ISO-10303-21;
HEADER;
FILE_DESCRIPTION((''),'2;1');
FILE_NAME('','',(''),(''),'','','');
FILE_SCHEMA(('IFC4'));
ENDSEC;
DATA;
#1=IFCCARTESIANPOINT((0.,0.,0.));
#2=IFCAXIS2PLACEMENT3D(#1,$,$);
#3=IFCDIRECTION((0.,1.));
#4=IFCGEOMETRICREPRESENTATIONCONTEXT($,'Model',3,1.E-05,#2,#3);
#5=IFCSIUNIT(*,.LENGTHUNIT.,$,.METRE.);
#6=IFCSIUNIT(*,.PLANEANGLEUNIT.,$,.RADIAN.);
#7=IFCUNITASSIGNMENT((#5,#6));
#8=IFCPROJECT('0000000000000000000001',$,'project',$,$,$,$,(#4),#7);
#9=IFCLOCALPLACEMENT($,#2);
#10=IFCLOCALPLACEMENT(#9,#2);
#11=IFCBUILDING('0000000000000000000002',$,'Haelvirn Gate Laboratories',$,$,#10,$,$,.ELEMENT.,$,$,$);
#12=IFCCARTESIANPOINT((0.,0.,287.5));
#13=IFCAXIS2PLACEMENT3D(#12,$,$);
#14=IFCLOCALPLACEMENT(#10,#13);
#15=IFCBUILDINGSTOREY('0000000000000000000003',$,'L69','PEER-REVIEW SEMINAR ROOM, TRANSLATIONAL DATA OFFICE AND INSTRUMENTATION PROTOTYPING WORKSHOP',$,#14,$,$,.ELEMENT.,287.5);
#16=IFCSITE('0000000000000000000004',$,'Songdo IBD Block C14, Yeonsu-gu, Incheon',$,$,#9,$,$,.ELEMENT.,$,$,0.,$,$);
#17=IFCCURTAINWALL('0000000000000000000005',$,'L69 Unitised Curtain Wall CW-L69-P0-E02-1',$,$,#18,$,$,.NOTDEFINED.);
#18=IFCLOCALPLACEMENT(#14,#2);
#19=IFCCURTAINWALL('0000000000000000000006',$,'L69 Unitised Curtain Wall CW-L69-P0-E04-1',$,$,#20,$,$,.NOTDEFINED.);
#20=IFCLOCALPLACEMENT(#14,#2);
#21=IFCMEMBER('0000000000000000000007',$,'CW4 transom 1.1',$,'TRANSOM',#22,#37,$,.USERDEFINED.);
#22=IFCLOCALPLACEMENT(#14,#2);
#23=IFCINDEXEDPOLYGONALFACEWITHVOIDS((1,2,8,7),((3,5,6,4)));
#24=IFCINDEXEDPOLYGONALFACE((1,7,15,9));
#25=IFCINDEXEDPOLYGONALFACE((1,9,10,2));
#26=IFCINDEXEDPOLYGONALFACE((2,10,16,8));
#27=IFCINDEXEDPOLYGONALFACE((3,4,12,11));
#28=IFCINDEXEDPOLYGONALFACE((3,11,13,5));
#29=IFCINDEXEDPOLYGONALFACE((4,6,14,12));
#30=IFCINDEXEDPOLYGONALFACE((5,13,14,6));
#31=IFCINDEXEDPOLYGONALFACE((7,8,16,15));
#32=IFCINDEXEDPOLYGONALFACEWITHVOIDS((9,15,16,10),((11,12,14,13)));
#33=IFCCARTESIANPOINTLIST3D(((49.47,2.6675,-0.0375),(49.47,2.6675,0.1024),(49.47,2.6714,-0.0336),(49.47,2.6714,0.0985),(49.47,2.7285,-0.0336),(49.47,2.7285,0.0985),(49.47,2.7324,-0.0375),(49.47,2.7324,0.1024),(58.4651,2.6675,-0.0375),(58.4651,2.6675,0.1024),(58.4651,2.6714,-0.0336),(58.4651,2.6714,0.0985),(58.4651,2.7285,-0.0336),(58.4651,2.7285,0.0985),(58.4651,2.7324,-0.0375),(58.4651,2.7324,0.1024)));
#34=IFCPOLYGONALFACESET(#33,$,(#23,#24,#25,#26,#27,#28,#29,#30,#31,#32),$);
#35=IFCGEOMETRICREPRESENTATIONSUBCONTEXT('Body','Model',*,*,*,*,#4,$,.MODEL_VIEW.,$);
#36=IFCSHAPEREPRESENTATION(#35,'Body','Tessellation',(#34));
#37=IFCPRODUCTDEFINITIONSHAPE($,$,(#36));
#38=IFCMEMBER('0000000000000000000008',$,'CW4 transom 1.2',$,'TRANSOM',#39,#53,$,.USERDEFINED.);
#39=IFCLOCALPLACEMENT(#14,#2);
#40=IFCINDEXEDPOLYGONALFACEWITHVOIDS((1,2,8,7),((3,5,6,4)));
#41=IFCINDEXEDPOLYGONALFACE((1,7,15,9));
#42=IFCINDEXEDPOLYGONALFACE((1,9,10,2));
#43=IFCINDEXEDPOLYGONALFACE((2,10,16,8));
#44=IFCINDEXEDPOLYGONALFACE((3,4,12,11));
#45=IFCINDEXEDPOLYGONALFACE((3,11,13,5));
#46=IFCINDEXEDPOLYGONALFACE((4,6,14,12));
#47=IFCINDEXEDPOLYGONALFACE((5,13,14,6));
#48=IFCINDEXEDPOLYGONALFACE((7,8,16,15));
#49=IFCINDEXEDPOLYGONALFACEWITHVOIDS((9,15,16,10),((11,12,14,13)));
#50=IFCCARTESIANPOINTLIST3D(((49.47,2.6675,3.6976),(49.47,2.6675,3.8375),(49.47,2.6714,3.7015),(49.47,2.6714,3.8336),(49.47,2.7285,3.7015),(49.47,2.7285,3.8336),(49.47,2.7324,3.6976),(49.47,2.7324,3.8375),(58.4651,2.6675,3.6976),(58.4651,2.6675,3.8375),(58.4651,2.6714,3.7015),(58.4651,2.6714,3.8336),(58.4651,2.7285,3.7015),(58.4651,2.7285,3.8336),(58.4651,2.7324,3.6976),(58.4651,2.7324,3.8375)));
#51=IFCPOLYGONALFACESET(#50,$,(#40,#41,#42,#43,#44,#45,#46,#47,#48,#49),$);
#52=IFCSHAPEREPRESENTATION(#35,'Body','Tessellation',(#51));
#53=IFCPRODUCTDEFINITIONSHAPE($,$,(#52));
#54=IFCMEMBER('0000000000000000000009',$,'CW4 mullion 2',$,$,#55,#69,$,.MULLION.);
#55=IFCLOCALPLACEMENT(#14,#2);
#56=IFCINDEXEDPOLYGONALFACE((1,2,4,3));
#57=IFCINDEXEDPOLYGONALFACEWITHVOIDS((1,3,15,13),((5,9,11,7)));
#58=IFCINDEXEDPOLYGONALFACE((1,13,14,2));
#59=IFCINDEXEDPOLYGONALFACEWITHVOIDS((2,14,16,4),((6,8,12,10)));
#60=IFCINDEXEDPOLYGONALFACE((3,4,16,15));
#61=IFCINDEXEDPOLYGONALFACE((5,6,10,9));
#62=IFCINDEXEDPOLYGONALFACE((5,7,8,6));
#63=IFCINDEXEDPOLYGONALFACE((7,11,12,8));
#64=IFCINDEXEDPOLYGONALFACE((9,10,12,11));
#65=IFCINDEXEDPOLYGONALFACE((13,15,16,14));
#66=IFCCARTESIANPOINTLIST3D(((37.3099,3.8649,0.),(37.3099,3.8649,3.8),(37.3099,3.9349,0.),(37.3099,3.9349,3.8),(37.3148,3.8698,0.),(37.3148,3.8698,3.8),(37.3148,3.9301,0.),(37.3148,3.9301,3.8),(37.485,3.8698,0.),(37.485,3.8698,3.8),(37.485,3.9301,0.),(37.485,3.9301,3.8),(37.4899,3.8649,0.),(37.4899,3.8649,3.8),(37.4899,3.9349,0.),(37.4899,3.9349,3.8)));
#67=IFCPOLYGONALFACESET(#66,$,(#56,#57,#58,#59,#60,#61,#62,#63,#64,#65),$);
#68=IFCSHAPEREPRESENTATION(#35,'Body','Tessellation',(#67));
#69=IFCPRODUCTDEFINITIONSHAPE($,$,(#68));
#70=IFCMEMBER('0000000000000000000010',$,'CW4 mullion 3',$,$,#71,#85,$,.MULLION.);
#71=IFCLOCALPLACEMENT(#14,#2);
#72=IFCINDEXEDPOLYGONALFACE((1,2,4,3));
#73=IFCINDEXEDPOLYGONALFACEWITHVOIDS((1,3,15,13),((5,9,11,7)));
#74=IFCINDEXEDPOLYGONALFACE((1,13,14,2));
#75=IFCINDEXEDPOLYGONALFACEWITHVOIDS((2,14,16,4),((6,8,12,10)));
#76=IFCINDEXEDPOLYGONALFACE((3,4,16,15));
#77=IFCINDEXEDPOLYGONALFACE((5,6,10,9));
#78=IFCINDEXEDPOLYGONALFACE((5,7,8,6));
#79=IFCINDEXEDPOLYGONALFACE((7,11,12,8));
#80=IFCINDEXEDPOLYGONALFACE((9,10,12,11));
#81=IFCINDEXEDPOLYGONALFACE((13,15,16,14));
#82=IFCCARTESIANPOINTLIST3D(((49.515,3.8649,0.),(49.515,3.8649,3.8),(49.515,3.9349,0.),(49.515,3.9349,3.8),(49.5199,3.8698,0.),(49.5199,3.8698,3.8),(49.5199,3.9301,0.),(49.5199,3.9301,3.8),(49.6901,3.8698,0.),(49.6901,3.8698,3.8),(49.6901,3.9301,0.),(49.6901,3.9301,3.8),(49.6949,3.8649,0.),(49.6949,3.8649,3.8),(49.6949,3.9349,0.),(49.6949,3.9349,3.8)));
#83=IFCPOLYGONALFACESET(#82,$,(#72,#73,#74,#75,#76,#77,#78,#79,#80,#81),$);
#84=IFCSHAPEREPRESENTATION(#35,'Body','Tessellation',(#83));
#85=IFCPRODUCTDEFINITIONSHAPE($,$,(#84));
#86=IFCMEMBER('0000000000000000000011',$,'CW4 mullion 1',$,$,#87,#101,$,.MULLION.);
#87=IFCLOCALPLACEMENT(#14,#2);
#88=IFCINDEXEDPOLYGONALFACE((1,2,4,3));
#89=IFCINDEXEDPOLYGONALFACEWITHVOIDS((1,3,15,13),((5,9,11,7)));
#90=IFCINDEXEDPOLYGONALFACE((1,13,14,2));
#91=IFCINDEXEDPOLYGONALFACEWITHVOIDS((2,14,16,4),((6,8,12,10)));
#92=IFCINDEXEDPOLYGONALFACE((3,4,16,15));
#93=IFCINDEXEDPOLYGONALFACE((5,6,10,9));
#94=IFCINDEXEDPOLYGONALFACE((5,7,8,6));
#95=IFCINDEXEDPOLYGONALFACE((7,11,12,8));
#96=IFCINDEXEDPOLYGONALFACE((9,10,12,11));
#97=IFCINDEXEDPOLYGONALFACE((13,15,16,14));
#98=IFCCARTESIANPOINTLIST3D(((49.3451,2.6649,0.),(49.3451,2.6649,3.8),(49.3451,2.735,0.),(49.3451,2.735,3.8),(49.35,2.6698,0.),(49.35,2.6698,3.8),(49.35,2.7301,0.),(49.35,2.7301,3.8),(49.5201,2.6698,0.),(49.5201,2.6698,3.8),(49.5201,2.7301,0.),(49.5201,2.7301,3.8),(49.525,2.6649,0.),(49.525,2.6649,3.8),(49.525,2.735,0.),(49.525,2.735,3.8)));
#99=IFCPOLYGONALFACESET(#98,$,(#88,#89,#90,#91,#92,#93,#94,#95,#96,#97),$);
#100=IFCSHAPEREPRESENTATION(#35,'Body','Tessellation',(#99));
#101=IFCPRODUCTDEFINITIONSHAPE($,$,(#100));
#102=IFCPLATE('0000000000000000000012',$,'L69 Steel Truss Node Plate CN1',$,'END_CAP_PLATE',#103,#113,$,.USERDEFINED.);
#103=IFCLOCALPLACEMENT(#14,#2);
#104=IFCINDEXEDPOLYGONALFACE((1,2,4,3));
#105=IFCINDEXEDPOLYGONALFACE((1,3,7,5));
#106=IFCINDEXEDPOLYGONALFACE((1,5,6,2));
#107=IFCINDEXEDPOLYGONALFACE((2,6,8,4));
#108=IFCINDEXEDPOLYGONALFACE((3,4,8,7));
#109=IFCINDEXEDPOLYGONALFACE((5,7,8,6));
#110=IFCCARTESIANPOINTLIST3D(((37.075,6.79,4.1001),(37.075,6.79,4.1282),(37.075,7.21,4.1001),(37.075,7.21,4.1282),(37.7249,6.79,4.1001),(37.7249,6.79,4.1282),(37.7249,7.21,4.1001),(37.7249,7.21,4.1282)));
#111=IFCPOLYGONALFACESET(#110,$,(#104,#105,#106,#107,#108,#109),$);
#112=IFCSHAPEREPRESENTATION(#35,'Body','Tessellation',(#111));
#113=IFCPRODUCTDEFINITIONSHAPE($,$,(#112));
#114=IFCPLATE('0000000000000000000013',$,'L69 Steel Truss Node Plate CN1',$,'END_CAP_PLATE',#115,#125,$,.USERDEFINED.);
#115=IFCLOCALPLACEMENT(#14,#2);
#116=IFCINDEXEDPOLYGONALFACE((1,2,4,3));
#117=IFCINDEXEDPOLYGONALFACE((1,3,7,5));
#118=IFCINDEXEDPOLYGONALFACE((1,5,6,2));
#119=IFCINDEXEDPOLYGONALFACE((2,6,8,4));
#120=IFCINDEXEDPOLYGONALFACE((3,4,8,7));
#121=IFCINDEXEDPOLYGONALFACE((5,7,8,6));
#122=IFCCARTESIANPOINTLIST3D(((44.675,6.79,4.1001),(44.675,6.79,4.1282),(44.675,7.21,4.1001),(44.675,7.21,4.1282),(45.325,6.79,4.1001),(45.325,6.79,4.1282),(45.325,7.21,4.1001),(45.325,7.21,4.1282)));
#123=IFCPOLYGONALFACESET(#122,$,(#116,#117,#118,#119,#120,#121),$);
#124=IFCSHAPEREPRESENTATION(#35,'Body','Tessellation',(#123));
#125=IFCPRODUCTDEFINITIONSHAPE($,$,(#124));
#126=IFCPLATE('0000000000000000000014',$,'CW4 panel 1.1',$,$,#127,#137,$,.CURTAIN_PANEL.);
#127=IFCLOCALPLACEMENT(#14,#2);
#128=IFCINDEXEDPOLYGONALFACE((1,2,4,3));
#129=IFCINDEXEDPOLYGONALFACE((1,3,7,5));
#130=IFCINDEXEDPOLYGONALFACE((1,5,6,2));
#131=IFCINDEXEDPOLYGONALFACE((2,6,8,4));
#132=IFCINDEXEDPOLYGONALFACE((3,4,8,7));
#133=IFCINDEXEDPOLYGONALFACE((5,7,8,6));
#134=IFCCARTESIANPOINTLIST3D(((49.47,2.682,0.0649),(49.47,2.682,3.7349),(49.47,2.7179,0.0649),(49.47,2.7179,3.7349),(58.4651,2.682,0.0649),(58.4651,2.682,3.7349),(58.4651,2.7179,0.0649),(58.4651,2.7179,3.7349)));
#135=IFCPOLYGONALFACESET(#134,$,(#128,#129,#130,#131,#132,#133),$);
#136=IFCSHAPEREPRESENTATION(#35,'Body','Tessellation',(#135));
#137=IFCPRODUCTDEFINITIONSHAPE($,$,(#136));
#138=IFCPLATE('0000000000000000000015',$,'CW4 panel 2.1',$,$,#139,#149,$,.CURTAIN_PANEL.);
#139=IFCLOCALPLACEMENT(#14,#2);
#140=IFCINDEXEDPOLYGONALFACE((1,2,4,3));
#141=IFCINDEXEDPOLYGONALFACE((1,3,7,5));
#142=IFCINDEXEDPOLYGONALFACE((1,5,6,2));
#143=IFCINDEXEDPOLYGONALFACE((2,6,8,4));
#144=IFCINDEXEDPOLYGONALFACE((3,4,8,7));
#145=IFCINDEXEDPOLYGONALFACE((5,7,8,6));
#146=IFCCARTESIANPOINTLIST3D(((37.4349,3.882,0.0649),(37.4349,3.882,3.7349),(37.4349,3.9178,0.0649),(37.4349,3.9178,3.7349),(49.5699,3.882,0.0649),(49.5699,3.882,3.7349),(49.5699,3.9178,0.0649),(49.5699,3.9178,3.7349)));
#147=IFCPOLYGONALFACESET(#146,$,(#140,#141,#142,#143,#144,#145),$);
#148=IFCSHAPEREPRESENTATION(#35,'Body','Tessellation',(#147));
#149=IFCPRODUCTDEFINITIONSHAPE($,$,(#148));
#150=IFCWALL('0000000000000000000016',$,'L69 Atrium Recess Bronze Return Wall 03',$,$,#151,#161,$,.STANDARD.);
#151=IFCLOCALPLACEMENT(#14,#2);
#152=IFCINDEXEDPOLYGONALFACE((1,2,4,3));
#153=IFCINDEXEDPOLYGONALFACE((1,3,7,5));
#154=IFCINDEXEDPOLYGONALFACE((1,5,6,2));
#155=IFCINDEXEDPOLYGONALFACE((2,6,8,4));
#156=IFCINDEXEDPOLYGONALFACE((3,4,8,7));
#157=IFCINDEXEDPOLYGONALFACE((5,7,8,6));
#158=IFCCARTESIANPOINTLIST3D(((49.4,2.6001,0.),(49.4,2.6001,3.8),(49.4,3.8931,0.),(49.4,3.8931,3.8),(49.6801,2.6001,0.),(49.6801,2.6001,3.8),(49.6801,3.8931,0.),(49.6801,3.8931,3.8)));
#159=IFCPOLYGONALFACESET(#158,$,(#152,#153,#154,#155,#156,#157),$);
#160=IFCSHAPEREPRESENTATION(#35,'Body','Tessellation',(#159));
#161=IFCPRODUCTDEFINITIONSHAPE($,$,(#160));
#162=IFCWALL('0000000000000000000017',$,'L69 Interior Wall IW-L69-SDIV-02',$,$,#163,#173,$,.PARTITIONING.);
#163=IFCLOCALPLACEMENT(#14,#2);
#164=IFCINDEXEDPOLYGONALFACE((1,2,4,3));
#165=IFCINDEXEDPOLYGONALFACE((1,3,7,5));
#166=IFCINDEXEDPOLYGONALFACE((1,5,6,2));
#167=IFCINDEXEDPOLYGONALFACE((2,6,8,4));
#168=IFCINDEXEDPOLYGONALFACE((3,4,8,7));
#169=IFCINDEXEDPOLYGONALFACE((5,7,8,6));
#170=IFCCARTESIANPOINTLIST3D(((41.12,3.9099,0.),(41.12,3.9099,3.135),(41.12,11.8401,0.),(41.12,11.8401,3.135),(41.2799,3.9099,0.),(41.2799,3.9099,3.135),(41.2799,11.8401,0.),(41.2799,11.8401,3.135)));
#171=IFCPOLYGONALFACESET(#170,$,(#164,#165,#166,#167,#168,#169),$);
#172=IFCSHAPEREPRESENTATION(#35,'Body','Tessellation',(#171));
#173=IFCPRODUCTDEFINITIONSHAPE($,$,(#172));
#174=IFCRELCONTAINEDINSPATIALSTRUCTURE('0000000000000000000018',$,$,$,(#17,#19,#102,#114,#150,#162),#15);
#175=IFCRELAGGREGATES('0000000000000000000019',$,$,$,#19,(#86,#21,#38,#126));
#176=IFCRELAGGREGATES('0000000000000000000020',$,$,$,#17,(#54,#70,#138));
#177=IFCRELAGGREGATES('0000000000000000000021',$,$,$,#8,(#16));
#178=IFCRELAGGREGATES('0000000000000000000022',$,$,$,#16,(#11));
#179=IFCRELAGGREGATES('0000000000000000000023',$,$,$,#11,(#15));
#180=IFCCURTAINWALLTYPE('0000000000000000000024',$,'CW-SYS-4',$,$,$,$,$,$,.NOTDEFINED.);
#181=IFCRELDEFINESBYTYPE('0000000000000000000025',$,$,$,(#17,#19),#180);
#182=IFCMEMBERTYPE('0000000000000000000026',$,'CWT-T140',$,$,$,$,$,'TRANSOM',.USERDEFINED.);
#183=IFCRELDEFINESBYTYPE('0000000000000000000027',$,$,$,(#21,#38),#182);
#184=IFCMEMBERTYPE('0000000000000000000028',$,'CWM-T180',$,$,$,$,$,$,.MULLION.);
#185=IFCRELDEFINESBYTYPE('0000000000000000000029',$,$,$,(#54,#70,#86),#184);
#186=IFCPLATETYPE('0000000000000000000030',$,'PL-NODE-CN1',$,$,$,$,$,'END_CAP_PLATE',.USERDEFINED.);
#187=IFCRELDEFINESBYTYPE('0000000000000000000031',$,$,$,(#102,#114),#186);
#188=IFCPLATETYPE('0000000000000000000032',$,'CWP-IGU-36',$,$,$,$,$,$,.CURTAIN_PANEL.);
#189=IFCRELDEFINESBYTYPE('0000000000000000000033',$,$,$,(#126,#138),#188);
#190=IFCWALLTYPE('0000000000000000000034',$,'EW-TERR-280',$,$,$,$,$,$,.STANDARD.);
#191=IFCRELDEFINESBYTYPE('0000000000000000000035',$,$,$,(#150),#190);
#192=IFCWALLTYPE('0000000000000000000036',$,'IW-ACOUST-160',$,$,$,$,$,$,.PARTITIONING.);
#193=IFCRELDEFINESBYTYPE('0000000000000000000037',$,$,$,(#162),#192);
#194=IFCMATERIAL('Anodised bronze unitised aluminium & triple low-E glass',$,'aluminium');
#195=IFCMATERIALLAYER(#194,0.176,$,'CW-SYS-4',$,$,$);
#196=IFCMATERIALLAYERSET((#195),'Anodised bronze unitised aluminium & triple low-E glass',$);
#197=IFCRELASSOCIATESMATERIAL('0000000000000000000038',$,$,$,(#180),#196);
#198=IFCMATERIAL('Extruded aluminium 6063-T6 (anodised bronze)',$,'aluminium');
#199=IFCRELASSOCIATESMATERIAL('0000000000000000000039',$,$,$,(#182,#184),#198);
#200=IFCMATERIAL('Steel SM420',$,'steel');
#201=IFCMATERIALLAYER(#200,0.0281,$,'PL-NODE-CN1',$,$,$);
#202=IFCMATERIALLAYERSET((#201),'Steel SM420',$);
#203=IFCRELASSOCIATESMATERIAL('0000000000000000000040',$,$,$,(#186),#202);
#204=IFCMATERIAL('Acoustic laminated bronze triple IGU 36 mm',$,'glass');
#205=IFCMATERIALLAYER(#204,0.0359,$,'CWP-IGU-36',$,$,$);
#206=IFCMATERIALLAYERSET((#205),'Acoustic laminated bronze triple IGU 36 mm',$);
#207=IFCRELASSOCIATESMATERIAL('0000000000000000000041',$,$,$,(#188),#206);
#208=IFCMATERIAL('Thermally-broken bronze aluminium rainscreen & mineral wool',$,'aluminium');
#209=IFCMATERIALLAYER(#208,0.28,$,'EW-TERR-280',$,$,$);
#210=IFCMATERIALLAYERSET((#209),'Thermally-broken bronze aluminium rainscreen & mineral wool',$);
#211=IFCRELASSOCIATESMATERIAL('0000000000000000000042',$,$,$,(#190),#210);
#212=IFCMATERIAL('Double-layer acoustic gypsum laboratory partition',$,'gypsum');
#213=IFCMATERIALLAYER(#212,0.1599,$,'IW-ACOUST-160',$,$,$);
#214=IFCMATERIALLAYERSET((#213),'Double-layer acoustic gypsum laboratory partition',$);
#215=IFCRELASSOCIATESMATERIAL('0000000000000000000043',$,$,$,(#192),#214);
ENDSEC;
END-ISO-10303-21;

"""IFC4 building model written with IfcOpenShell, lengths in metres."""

from ifc_helpers import new_model, si_unit, direction, frame, frame_2d, origin, origin_2d, place, context, subcontext, project, spatial, rectangle, hollow_rectangle, extrude, source, transform, mapped, material, layer, layer_set, material_profile, profile_set, type_object, type_shapes, element, aggregate, save


model = new_model("IFC4")

# Units and contexts
model_context = context("Model", 3, precision=1e-05, world=origin(), true_north=direction((0.0, 1.0)))
body_context = subcontext(model_context, "Body", "Model", "MODEL_VIEW")
ifc_project = project(units=[si_unit("LENGTHUNIT", "METRE"), si_unit("PLANEANGLEUNIT", "RADIAN")], contexts=[model_context])

# Site, building, storey
site_placement = place(None, origin())
site = spatial("IfcSite", under=ifc_project, at=site_placement, Name="Songdo IBD Block C14, Yeonsu-gu, Incheon", CompositionType="ELEMENT", RefElevation=0.0)
building_placement = place(site_placement, origin())
building = spatial("IfcBuilding", under=site, at=building_placement, Name="Haelvirn Gate Laboratories", CompositionType="ELEMENT")
storey_placement = place(building_placement, frame((0.0, 0.0, 287.5)))
storey = spatial("IfcBuildingStorey", under=building, at=storey_placement, Name="L69", Description="PEER-REVIEW SEMINAR ROOM, TRANSLATIONAL DATA OFFICE AND INSTRUMENTATION PROTOTYPING WORKSHOP", CompositionType="ELEMENT", Elevation=287.5)

# Curtain walls, members
ifc_material_1 = material(Name="Anodised bronze unitised aluminium & triple low-E glass", Category="aluminium")
ifc_layer_1 = layer(ifc_material_1, 0.176, Name="CW-SYS-4")
ifc_layer_set_1 = layer_set([ifc_layer_1], Name="Anodised bronze unitised aluminium & triple low-E glass")
curtain_wall_type = type_object("IfcCurtainWallType", Name="CW-SYS-4", PredefinedType="NOTDEFINED", material=ifc_layer_set_1)
curtain_wall_1_placement = place(storey_placement, origin())
curtain_wall_1 = element("IfcCurtainWall", 1, at=curtain_wall_1_placement, inside=storey, type_object=curtain_wall_type, Name="L69 Unitised Curtain Wall CW-L69-P0-E02-1", PredefinedType="NOTDEFINED")
ifc_material_2 = material(Name="Extruded aluminium 6063-T6 (anodised bronze)", Category="aluminium")
ifc_material_profile_1 = material_profile(ifc_material_2, hollow_rectangle(XDim=0.0649, YDim=0.1399, WallThickness=0.0039, at=origin_2d()), Name="CWT-140x65x4")
ifc_profile_set_1 = profile_set([ifc_material_profile_1], Name="Extruded aluminium 6063-T6 (anodised bronze)")
member_type_1 = type_object("IfcMemberType", Name="CWT-T140", ElementType="TRANSOM", PredefinedType="USERDEFINED", material=ifc_profile_set_1)
curtain_wall_2_placement = place(storey_placement, origin())
curtain_wall_2 = element("IfcCurtainWall", 2, at=curtain_wall_2_placement, inside=storey, type_object=curtain_wall_type, Name="L69 Unitised Curtain Wall CW-L69-P0-E04-1", PredefinedType="NOTDEFINED")
shared_shape_1 = source(origin(), body_context, "Body", "SweptSolid", [
    extrude(hollow_rectangle(XDim=0.0649, YDim=0.1399, WallThickness=0.0039, at=origin_2d()), origin(), (0.0, 0.0, 1.0), 8.9951),
])
member_1_placement = place(storey_placement, frame((49.47, 2.7, 0.0325), z_axis=(1.0, 0.0, 0.0), x_axis=(0.0, 1.0, 0.0)))
member_1 = element("IfcMember", 3, at=member_1_placement, type_object=member_type_1, Name="CW4 transom 1.1", ObjectType="TRANSOM", PredefinedType="USERDEFINED", context=body_context, shape_type="MappedRepresentation", body=[
    mapped(shared_shape_1, transform((0.0, 0.0, 0.0), scale=1.0)),
])
member_2_placement = place(storey_placement, frame((49.47, 2.7, 3.7676), z_axis=(1.0, 0.0, 0.0), x_axis=(0.0, 1.0, 0.0)))
member_2 = element("IfcMember", 4, at=member_2_placement, type_object=member_type_1, Name="CW4 transom 1.2", ObjectType="TRANSOM", PredefinedType="USERDEFINED", context=body_context, shape_type="MappedRepresentation", body=[
    mapped(shared_shape_1, transform((0.0, 0.0, 0.0), scale=1.0)),
])

# Members
ifc_material_profile_2 = material_profile(ifc_material_2, hollow_rectangle(XDim=0.0701, YDim=0.1799, WallThickness=0.0049, at=origin_2d()), Name="CWM-180x70x5")
ifc_profile_set_2 = profile_set([ifc_material_profile_2], Name="Extruded aluminium 6063-T6 (anodised bronze)")
member_type_2 = type_object("IfcMemberType", Name="CWM-T180", PredefinedType="MULLION", material=ifc_profile_set_2)
shared_shape_2 = source(origin(), body_context, "Body", "SweptSolid", [
    extrude(hollow_rectangle(XDim=0.0701, YDim=0.1799, WallThickness=0.0049, at=origin_2d()), origin(), (0.0, 0.0, 1.0), 3.8),
])
type_shapes(member_type_2, [shared_shape_2])
member_3_placement = place(storey_placement, frame((37.3999, 3.8999, 0.0), z_axis=(0.0, 0.0, 1.0), x_axis=(0.0, 1.0, 0.0)))
member_3 = element("IfcMember", 5, at=member_3_placement, type_object=member_type_2, Name="CW4 mullion 2", PredefinedType="MULLION", context=body_context, shape_type="MappedRepresentation", body=[
    mapped(shared_shape_2, transform((0.0, 0.0, 0.0), scale=1.0)),
])
member_4_placement = place(storey_placement, frame((49.605, 3.8999, 0.0), z_axis=(0.0, 0.0, 1.0), x_axis=(0.0, 1.0, 0.0)))
member_4 = element("IfcMember", 6, at=member_4_placement, type_object=member_type_2, Name="CW4 mullion 3", PredefinedType="MULLION", context=body_context, shape_type="MappedRepresentation", body=[
    mapped(shared_shape_2, transform((0.0, 0.0, 0.0), scale=1.0)),
])
member_5_placement = place(storey_placement, frame((49.4351, 2.7, 0.0), z_axis=(0.0, 0.0, 1.0), x_axis=(0.0, 1.0, 0.0)))
member_5 = element("IfcMember", 7, at=member_5_placement, type_object=member_type_2, Name="CW4 mullion 1", PredefinedType="MULLION", context=body_context, shape_type="MappedRepresentation", body=[
    mapped(shared_shape_2, transform((0.0, 0.0, 0.0), scale=1.0)),
])

# Plates
ifc_material_3 = material(Name="Steel SM420", Category="steel")
ifc_layer_2 = layer(ifc_material_3, 0.0281, Name="PL-NODE-CN1")
ifc_layer_set_2 = layer_set([ifc_layer_2], Name="Steel SM420")
plate_type_1 = type_object("IfcPlateType", Name="PL-NODE-CN1", ElementType="END_CAP_PLATE", PredefinedType="USERDEFINED", material=ifc_layer_set_2)
shared_shape_3 = source(origin(), body_context, "Body", "SweptSolid", [
    extrude(rectangle(XDim=0.6499, YDim=0.4199, at=origin_2d()), origin(), (0.0, 0.0, 1.0), 0.0281),
])
type_shapes(plate_type_1, [shared_shape_3])
for number, where, z_axis, x_axis, name in (
    (8, (37.3999, 7.0, 4.1001), (0.0, 0.0, 1.0), (1.0, 0.0, 0.0), "L69 Steel Truss Node Plate CN1"),
    (9, (45.0, 7.0, 4.1001), (0.0, 0.0, 1.0), (1.0, 0.0, 0.0), "L69 Steel Truss Node Plate CN1"),
):
    element("IfcPlate", number, at=place(storey_placement, frame(where, z_axis=z_axis, x_axis=x_axis)), inside=storey, type_object=plate_type_1, Name=name, ObjectType="END_CAP_PLATE", PredefinedType="USERDEFINED", context=body_context, shape_type="MappedRepresentation", body=[
        mapped(shared_shape_3, transform((0.0, 0.0, 0.0), scale=1.0)),
    ])

# Plates
ifc_material_4 = material(Name="Acoustic laminated bronze triple IGU 36 mm", Category="glass")
ifc_layer_3 = layer(ifc_material_4, 0.0359, Name="CWP-IGU-36")
ifc_layer_set_3 = layer_set([ifc_layer_3], Name="Acoustic laminated bronze triple IGU 36 mm")
plate_type_2 = type_object("IfcPlateType", Name="CWP-IGU-36", PredefinedType="CURTAIN_PANEL", material=ifc_layer_set_3)
shared_shape_4 = source(origin(), body_context, "Body", "SweptSolid", [
    extrude(rectangle(XDim=8.9951, YDim=0.0359, at=origin_2d()), origin(), (0.0, 0.0, 1.0), 3.6699),
])
plate_1_placement = place(storey_placement, frame((53.9675, 2.7, 0.0649), z_axis=(0.0, 0.0, 1.0), x_axis=(1.0, 0.0, 0.0)))
plate_1 = element("IfcPlate", 10, at=plate_1_placement, type_object=plate_type_2, Name="CW4 panel 1.1", PredefinedType="CURTAIN_PANEL", context=body_context, shape_type="MappedRepresentation", body=[
    mapped(shared_shape_4, transform((0.0, 0.0, 0.0), scale=1.0)),
])
aggregate(curtain_wall_2, [member_5, member_1, member_2, plate_1])
shared_shape_5 = source(origin(), body_context, "Body", "SweptSolid", [
    extrude(rectangle(XDim=12.135, YDim=0.0359, at=origin_2d()), origin(), (0.0, 0.0, 1.0), 3.6699),
])
type_shapes(plate_type_2, [shared_shape_4, shared_shape_5])
plate_2_placement = place(storey_placement, frame((43.5024, 3.8999, 0.0649), z_axis=(0.0, 0.0, 1.0), x_axis=(1.0, 0.0, 0.0)))
plate_2 = element("IfcPlate", 11, at=plate_2_placement, type_object=plate_type_2, Name="CW4 panel 2.1", PredefinedType="CURTAIN_PANEL", context=body_context, shape_type="MappedRepresentation", body=[
    mapped(shared_shape_5, transform((0.0, 0.0, 0.0), scale=1.0)),
])
aggregate(curtain_wall_1, [member_3, member_4, plate_2])

# Walls
ifc_material_5 = material(Name="Thermally-broken bronze aluminium rainscreen & mineral wool", Category="aluminium")
ifc_layer_4 = layer(ifc_material_5, 0.28, Name="EW-TERR-280")
ifc_layer_set_4 = layer_set([ifc_layer_4], Name="Thermally-broken bronze aluminium rainscreen & mineral wool")
wall_type_1 = type_object("IfcWallType", Name="EW-TERR-280", PredefinedType="STANDARD", material=ifc_layer_set_4)
wall_1_placement = place(storey_placement, frame((49.54, 3.8931, 0.0), z_axis=(0.0, 0.0, 1.0), x_axis=(0.0, -1.0, 0.0)))
element("IfcWall", 12, at=wall_1_placement, inside=storey, type_object=wall_type_1, Name="L69 Atrium Recess Bronze Return Wall 03", PredefinedType="STANDARD", context=body_context, shape_type="SweptSolid", body=[
    extrude(rectangle(XDim=1.293, YDim=0.28, at=frame_2d((0.6465, 0.0))), origin(), (0.0, 0.0, 1.0), 3.8),
])
ifc_material_6 = material(Name="Double-layer acoustic gypsum laboratory partition", Category="gypsum")
ifc_layer_5 = layer(ifc_material_6, 0.1599, Name="IW-ACOUST-160")
ifc_layer_set_5 = layer_set([ifc_layer_5], Name="Double-layer acoustic gypsum laboratory partition")
wall_type_2 = type_object("IfcWallType", Name="IW-ACOUST-160", PredefinedType="PARTITIONING", material=ifc_layer_set_5)
wall_2_placement = place(storey_placement, frame((41.2, 3.9099, 0.0), z_axis=(0.0, 0.0, 1.0), x_axis=(0.0, 1.0, 0.0)))
element("IfcWall", 13, at=wall_2_placement, inside=storey, type_object=wall_type_2, Name="L69 Interior Wall IW-L69-SDIV-02", PredefinedType="PARTITIONING", context=body_context, shape_type="SweptSolid", body=[
    extrude(rectangle(XDim=7.9302, YDim=0.1599, at=frame_2d((3.9651, 0.0))), origin(), (0.0, 0.0, 1.0), 3.135),
])

save(model, "model.ifc")
